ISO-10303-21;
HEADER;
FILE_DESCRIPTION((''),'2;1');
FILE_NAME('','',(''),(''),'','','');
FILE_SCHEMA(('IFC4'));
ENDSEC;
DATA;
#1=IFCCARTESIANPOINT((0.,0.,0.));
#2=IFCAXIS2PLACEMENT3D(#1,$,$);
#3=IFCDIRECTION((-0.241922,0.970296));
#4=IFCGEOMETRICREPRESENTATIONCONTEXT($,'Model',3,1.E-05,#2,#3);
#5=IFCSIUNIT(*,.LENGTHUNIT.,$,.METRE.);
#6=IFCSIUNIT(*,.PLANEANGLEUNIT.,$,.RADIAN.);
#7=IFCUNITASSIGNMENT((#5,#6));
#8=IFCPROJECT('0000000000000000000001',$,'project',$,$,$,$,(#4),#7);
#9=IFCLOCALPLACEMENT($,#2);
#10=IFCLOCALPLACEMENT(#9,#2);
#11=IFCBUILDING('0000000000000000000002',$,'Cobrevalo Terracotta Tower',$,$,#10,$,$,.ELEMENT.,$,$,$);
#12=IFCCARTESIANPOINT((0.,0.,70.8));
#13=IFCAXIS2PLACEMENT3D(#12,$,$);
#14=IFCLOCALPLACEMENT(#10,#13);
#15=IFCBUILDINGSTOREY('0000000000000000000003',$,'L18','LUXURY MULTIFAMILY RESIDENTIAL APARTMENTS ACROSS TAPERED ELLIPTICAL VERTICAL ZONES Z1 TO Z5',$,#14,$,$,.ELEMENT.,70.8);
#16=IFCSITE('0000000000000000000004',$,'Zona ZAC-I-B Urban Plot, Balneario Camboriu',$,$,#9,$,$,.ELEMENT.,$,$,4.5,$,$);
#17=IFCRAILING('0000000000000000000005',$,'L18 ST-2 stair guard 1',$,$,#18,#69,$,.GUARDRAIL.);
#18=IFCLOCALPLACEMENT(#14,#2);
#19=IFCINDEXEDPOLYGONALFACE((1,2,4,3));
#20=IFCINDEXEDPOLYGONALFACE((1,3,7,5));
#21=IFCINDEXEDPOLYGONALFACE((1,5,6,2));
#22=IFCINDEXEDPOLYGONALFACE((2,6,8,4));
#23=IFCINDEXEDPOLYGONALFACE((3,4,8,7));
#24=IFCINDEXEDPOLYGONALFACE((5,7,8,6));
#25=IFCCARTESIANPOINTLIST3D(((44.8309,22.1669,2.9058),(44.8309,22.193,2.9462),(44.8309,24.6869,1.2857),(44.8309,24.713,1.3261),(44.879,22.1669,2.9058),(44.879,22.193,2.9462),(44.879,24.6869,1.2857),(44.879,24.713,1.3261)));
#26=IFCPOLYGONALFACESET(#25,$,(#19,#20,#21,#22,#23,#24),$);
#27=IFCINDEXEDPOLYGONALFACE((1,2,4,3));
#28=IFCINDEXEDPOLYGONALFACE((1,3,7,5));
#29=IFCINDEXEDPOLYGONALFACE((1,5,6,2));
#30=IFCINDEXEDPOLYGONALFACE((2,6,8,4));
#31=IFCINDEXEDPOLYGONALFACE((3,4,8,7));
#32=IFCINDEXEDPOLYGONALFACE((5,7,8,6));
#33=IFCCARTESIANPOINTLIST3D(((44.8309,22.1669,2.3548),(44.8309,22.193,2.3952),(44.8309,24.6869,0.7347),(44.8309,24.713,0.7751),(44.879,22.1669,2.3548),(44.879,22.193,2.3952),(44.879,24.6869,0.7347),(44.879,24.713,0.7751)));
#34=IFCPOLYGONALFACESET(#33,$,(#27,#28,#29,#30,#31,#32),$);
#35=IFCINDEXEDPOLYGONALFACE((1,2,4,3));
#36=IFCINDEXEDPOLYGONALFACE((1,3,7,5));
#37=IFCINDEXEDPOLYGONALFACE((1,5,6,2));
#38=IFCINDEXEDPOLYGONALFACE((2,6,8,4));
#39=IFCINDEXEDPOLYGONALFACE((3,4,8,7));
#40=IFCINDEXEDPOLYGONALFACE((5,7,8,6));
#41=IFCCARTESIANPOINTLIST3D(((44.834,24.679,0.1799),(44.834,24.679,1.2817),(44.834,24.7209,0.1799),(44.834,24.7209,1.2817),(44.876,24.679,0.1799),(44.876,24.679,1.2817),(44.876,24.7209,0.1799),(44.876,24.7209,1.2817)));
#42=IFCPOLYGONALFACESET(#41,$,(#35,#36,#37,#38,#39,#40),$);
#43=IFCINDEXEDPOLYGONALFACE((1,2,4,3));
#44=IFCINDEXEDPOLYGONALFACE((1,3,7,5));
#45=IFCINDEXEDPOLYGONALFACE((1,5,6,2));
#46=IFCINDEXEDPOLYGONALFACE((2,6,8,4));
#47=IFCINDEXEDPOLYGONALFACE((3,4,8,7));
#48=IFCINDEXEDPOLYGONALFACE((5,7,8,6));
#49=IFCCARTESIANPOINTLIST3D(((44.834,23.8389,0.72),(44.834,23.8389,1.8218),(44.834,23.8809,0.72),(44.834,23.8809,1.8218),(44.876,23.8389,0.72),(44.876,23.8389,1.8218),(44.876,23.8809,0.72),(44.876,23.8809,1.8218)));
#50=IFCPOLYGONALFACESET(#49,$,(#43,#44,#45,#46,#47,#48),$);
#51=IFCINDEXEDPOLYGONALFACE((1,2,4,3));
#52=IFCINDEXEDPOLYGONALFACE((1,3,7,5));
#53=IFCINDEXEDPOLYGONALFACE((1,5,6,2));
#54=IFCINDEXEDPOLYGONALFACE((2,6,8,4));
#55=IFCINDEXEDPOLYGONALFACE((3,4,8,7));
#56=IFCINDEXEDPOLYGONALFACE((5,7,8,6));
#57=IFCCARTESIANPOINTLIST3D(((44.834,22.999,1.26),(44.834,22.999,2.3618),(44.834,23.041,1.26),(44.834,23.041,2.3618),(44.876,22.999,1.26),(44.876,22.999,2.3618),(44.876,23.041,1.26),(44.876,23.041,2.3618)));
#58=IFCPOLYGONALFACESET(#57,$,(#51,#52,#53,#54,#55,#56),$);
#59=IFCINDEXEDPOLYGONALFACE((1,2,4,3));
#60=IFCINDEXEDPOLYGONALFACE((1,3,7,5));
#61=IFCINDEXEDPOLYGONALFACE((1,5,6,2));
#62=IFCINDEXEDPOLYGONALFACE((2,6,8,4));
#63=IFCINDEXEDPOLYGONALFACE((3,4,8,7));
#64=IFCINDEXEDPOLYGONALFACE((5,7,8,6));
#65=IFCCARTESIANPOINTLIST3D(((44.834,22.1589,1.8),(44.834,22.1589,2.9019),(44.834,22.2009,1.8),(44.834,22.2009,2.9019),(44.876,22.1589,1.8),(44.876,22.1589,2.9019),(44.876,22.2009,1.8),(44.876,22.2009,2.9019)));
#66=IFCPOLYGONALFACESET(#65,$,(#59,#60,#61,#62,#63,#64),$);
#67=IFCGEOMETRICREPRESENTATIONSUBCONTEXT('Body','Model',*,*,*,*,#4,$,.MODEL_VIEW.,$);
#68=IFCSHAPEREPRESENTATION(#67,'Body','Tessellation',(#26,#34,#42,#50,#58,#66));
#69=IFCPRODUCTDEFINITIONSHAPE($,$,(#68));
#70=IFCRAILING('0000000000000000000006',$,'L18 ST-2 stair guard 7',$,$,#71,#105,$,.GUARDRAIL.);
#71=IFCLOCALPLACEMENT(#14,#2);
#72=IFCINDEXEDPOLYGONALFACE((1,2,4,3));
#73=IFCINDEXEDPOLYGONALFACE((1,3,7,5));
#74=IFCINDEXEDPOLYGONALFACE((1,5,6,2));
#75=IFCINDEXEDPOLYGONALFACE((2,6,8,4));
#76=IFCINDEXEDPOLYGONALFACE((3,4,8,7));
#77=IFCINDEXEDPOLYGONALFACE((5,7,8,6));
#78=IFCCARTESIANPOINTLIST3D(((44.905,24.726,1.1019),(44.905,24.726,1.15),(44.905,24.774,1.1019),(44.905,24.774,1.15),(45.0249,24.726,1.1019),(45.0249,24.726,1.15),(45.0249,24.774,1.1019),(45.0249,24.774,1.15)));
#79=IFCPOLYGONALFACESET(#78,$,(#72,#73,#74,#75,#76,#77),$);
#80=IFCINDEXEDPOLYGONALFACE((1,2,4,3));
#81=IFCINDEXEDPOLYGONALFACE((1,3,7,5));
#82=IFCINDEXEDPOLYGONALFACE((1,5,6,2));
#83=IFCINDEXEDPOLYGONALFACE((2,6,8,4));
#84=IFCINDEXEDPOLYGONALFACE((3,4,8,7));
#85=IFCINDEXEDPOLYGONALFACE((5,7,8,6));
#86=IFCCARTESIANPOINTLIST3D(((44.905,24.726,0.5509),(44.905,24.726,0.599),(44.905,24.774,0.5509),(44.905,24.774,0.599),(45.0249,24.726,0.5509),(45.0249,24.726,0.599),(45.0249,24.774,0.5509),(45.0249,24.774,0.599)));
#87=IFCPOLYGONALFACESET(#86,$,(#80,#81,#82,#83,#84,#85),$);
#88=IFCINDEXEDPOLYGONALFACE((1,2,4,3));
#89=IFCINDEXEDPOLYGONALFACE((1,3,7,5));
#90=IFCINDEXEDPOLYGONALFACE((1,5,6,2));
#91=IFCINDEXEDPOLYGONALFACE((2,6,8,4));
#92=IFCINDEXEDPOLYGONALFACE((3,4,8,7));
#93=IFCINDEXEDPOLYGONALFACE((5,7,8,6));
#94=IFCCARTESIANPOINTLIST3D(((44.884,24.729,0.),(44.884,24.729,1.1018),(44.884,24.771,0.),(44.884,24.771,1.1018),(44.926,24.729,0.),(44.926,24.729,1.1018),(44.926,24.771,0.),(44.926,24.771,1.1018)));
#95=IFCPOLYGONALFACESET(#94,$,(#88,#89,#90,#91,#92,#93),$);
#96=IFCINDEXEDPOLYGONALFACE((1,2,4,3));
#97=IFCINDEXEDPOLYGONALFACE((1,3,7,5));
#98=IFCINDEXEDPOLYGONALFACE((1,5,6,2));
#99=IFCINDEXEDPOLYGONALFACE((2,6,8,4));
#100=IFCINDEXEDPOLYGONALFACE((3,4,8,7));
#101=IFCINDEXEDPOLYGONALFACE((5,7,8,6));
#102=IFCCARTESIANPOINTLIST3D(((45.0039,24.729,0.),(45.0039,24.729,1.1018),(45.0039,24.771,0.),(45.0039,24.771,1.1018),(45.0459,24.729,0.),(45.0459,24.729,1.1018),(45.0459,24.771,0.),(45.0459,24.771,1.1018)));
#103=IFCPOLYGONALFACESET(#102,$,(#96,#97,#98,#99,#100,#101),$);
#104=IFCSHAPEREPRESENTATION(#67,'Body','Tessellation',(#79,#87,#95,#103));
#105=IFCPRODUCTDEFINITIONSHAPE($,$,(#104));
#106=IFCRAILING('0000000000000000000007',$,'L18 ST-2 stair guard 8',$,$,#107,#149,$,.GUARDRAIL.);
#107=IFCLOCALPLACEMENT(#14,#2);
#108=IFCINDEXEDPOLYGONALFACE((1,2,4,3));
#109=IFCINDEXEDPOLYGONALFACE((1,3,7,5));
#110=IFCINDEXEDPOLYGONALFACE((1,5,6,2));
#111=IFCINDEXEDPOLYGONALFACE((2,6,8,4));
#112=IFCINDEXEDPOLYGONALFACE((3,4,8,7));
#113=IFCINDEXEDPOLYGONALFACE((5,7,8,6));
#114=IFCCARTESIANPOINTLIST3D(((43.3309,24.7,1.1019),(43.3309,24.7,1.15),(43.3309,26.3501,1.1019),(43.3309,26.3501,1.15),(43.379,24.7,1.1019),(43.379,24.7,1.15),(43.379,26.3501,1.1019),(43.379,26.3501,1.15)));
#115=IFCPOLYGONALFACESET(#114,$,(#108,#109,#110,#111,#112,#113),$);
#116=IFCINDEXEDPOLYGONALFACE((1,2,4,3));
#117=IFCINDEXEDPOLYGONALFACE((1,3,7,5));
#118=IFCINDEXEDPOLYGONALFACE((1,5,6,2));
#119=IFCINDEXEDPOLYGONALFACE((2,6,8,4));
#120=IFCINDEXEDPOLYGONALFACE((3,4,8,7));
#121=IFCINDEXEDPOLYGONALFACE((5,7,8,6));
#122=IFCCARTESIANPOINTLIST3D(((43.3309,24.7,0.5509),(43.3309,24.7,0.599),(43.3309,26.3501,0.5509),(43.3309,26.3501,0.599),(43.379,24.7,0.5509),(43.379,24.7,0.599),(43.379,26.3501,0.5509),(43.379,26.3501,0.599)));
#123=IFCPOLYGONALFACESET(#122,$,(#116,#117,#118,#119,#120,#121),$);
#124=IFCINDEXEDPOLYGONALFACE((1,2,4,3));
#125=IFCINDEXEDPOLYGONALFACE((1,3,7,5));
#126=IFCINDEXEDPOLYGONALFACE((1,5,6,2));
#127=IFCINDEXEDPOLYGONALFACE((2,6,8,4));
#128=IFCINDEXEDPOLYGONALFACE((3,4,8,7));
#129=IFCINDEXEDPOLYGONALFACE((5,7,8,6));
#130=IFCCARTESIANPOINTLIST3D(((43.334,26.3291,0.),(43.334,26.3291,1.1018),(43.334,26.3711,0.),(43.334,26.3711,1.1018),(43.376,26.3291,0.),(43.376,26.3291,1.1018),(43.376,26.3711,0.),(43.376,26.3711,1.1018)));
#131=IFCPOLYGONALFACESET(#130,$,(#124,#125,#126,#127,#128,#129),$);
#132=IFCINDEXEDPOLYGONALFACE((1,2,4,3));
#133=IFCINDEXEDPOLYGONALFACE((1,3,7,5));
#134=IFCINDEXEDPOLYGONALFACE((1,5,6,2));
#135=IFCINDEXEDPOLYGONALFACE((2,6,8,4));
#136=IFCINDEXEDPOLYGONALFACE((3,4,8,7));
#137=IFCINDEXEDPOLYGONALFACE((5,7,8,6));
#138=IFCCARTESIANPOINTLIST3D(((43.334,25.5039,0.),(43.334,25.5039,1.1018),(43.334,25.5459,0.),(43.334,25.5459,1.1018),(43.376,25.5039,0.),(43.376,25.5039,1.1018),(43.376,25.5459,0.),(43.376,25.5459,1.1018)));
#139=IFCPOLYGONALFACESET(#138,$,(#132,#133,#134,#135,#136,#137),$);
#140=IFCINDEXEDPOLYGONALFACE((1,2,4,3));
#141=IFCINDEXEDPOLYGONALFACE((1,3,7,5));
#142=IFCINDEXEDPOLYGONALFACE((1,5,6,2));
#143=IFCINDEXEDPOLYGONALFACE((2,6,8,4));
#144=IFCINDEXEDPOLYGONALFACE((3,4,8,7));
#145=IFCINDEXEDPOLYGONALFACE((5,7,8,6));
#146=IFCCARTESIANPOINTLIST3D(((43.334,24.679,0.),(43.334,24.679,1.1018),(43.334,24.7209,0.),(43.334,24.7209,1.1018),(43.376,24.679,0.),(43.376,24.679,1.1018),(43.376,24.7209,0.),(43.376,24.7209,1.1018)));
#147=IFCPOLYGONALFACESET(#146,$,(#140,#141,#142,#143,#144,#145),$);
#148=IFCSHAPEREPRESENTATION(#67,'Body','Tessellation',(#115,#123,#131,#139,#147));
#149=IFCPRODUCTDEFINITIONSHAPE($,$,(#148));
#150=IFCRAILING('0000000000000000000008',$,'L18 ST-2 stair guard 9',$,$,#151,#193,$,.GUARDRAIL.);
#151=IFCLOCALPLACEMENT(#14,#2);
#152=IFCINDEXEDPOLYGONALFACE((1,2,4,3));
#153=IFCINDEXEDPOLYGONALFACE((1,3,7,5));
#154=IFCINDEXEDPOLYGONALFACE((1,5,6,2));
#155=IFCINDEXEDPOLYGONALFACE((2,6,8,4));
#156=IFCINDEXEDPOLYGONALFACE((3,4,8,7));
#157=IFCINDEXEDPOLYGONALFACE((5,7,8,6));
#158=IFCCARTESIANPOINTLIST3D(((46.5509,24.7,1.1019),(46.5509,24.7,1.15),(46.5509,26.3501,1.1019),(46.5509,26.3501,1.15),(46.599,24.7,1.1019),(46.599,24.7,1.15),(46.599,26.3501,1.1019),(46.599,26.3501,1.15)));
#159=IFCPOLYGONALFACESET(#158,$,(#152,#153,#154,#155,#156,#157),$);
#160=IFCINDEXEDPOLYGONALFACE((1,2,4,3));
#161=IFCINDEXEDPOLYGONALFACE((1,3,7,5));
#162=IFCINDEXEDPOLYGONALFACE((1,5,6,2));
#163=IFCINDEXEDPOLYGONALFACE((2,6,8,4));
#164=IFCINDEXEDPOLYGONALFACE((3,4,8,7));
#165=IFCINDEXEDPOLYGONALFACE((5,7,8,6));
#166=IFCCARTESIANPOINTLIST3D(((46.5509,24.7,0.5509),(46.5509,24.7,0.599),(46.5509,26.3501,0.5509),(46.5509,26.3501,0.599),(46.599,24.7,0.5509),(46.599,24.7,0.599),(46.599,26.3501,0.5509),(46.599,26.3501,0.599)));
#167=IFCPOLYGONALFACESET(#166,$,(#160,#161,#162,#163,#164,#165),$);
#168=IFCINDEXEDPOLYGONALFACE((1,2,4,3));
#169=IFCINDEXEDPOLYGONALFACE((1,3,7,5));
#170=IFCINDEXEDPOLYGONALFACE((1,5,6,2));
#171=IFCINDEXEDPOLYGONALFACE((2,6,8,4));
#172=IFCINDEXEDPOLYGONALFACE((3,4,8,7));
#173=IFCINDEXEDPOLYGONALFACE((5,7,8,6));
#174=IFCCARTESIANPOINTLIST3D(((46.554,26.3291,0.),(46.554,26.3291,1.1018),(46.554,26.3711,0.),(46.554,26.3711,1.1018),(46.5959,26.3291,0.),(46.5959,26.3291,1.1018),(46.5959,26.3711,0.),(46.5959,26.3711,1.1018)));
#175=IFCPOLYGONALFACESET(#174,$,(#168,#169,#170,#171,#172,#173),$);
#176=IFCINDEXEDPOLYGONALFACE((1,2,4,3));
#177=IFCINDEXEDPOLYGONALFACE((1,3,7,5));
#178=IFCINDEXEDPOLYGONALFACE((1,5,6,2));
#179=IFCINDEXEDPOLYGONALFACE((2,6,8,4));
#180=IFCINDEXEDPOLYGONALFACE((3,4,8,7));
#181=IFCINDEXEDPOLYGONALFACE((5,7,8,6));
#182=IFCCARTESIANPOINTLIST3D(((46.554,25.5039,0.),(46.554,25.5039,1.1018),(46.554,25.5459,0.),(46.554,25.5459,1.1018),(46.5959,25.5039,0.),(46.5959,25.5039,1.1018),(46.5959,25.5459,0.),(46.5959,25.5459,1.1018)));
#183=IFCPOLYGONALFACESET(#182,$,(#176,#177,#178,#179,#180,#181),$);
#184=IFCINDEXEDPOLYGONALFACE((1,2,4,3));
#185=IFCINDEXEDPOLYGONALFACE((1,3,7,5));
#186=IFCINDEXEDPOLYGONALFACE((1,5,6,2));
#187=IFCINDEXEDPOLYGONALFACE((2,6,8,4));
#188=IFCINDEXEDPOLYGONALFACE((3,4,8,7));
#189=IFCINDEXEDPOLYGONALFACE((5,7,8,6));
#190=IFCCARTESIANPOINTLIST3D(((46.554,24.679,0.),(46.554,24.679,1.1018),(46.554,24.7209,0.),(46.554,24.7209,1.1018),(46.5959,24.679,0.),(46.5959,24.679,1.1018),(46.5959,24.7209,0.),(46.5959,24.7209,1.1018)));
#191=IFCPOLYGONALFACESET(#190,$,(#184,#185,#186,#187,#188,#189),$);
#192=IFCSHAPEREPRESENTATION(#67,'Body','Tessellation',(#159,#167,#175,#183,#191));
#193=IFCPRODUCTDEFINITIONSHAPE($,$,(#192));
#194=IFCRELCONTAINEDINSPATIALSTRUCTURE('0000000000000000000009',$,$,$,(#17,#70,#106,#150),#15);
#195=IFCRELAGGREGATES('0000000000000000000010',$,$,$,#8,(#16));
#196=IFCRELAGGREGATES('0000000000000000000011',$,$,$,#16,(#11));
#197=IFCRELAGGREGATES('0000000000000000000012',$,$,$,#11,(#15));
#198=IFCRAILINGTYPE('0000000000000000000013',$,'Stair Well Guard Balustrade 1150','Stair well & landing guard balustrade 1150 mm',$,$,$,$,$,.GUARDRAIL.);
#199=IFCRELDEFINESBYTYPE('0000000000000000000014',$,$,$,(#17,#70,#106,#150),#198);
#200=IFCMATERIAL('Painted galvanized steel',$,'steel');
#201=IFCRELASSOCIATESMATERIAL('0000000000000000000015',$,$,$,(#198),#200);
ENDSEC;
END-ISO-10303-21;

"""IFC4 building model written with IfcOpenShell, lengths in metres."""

from ifc_helpers import new_model, si_unit, direction, frame, origin, origin_2d, place, context, subcontext, project, spatial, rectangle, extrude, material, type_object, element, save


model = new_model("IFC4")

# Units and contexts
model_context = context("Model", 3, precision=1e-05, world=origin(), true_north=direction((-0.241922, 0.970296)))
body_context = subcontext(model_context, "Body", "Model", "MODEL_VIEW")
ifc_project = project(units=[si_unit("LENGTHUNIT", "METRE"), si_unit("PLANEANGLEUNIT", "RADIAN")], contexts=[model_context])

# Site, building, storey
site_placement = place(None, origin())
site = spatial("IfcSite", under=ifc_project, at=site_placement, Name="Zona ZAC-I-B Urban Plot, Balneario Camboriu", CompositionType="ELEMENT", RefElevation=4.5)
building_placement = place(site_placement, origin())
building = spatial("IfcBuilding", under=site, at=building_placement, Name="Cobrevalo Terracotta Tower", CompositionType="ELEMENT")
storey_placement = place(building_placement, frame((0.0, 0.0, 70.8)))
storey = spatial("IfcBuildingStorey", under=building, at=storey_placement, Name="L18", Description="LUXURY MULTIFAMILY RESIDENTIAL APARTMENTS ACROSS TAPERED ELLIPTICAL VERTICAL ZONES Z1 TO Z5", CompositionType="ELEMENT", Elevation=70.8)

# Railings
ifc_material_1 = material(Name="Painted galvanized steel", Category="steel")
railing_type_1 = type_object("IfcRailingType", Name="Stair Well Guard Balustrade 1150", Description="Stair well & landing guard balustrade 1150 mm", PredefinedType="GUARDRAIL", material=ifc_material_1)
railing_1_placement = place(storey_placement, frame((44.855, 24.7, 0.1799)))
element("IfcRailing", 1, at=railing_1_placement, inside=storey, type_object=railing_type_1, Name="L18 ST-2 stair guard 1", PredefinedType="GUARDRAIL", context=body_context, shape_type="SweptSolid", body=[
    extrude(rectangle(XDim=0.0481, YDim=0.0481, at=origin_2d()), frame((0.0, 0.0, 1.126), z_axis=(0.0, -0.841163, 0.540782), x_axis=(1.0, 0.0, 0.0)), (0.0, 0.0, 1.0), 2.9958),
    extrude(rectangle(XDim=0.0481, YDim=0.0481, at=origin_2d()), frame((0.0, 0.0, 0.575), z_axis=(0.0, -0.841163, 0.540782), x_axis=(1.0, 0.0, 0.0)), (0.0, 0.0, 1.0), 2.9958),
    extrude(rectangle(XDim=0.042, YDim=0.042, at=origin_2d()), origin(), (0.0, 0.0, 1.0), 1.1018),
    extrude(rectangle(XDim=0.042, YDim=0.042, at=origin_2d()), frame((0.0, -0.8401, 0.54)), (0.0, 0.0, 1.0), 1.1018),
    extrude(rectangle(XDim=0.042, YDim=0.042, at=origin_2d()), frame((0.0, -1.6799, 1.0801)), (0.0, 0.0, 1.0), 1.1018),
    extrude(rectangle(XDim=0.042, YDim=0.042, at=origin_2d()), frame((0.0, -2.52, 1.6201)), (0.0, 0.0, 1.0), 1.1018),
])
railing_2_placement = place(storey_placement, frame((44.905, 24.75, 0.0)))
element("IfcRailing", 2, at=railing_2_placement, inside=storey, type_object=railing_type_1, Name="L18 ST-2 stair guard 7", PredefinedType="GUARDRAIL", context=body_context, shape_type="SweptSolid", body=[
    extrude(rectangle(XDim=0.0481, YDim=0.0481, at=origin_2d()), frame((0.0, 0.0, 1.126), z_axis=(1.0, 0.0, 0.0), x_axis=(0.0, 1.0, 0.0)), (0.0, 0.0, 1.0), 0.1199),
    extrude(rectangle(XDim=0.0481, YDim=0.0481, at=origin_2d()), frame((0.0, 0.0, 0.575), z_axis=(1.0, 0.0, 0.0), x_axis=(0.0, 1.0, 0.0)), (0.0, 0.0, 1.0), 0.1199),
    extrude(rectangle(XDim=0.042, YDim=0.042, at=origin_2d()), origin(), (0.0, 0.0, 1.0), 1.1018),
    extrude(rectangle(XDim=0.042, YDim=0.042, at=origin_2d()), frame((0.1199, 0.0, 0.0)), (0.0, 0.0, 1.0), 1.1018),
])
for number, where, name in (
    (3, (43.355, 26.3501, 0.0), "L18 ST-2 stair guard 8"),
    (4, (46.575, 26.3501, 0.0), "L18 ST-2 stair guard 9"),
):
    element("IfcRailing", number, at=place(storey_placement, frame(where)), inside=storey, type_object=railing_type_1, Name=name, PredefinedType="GUARDRAIL", context=body_context, shape_type="SweptSolid", body=[
        extrude(rectangle(XDim=0.0481, YDim=0.0481, at=origin_2d()), frame((0.0, 0.0, 1.126), z_axis=(0.0, -1.0, 0.0), x_axis=(1.0, 0.0, 0.0)), (0.0, 0.0, 1.0), 1.6501),
        extrude(rectangle(XDim=0.0481, YDim=0.0481, at=origin_2d()), frame((0.0, 0.0, 0.575), z_axis=(0.0, -1.0, 0.0), x_axis=(1.0, 0.0, 0.0)), (0.0, 0.0, 1.0), 1.6501),
        extrude(rectangle(XDim=0.042, YDim=0.042, at=origin_2d()), origin(), (0.0, 0.0, 1.0), 1.1018),
        extrude(rectangle(XDim=0.042, YDim=0.042, at=origin_2d()), frame((0.0, -0.8252, 0.0)), (0.0, 0.0, 1.0), 1.1018),
        extrude(rectangle(XDim=0.042, YDim=0.042, at=origin_2d()), frame((0.0, -1.6501, 0.0)), (0.0, 0.0, 1.0), 1.1018),
    ])

save(model, "model.ifc")
